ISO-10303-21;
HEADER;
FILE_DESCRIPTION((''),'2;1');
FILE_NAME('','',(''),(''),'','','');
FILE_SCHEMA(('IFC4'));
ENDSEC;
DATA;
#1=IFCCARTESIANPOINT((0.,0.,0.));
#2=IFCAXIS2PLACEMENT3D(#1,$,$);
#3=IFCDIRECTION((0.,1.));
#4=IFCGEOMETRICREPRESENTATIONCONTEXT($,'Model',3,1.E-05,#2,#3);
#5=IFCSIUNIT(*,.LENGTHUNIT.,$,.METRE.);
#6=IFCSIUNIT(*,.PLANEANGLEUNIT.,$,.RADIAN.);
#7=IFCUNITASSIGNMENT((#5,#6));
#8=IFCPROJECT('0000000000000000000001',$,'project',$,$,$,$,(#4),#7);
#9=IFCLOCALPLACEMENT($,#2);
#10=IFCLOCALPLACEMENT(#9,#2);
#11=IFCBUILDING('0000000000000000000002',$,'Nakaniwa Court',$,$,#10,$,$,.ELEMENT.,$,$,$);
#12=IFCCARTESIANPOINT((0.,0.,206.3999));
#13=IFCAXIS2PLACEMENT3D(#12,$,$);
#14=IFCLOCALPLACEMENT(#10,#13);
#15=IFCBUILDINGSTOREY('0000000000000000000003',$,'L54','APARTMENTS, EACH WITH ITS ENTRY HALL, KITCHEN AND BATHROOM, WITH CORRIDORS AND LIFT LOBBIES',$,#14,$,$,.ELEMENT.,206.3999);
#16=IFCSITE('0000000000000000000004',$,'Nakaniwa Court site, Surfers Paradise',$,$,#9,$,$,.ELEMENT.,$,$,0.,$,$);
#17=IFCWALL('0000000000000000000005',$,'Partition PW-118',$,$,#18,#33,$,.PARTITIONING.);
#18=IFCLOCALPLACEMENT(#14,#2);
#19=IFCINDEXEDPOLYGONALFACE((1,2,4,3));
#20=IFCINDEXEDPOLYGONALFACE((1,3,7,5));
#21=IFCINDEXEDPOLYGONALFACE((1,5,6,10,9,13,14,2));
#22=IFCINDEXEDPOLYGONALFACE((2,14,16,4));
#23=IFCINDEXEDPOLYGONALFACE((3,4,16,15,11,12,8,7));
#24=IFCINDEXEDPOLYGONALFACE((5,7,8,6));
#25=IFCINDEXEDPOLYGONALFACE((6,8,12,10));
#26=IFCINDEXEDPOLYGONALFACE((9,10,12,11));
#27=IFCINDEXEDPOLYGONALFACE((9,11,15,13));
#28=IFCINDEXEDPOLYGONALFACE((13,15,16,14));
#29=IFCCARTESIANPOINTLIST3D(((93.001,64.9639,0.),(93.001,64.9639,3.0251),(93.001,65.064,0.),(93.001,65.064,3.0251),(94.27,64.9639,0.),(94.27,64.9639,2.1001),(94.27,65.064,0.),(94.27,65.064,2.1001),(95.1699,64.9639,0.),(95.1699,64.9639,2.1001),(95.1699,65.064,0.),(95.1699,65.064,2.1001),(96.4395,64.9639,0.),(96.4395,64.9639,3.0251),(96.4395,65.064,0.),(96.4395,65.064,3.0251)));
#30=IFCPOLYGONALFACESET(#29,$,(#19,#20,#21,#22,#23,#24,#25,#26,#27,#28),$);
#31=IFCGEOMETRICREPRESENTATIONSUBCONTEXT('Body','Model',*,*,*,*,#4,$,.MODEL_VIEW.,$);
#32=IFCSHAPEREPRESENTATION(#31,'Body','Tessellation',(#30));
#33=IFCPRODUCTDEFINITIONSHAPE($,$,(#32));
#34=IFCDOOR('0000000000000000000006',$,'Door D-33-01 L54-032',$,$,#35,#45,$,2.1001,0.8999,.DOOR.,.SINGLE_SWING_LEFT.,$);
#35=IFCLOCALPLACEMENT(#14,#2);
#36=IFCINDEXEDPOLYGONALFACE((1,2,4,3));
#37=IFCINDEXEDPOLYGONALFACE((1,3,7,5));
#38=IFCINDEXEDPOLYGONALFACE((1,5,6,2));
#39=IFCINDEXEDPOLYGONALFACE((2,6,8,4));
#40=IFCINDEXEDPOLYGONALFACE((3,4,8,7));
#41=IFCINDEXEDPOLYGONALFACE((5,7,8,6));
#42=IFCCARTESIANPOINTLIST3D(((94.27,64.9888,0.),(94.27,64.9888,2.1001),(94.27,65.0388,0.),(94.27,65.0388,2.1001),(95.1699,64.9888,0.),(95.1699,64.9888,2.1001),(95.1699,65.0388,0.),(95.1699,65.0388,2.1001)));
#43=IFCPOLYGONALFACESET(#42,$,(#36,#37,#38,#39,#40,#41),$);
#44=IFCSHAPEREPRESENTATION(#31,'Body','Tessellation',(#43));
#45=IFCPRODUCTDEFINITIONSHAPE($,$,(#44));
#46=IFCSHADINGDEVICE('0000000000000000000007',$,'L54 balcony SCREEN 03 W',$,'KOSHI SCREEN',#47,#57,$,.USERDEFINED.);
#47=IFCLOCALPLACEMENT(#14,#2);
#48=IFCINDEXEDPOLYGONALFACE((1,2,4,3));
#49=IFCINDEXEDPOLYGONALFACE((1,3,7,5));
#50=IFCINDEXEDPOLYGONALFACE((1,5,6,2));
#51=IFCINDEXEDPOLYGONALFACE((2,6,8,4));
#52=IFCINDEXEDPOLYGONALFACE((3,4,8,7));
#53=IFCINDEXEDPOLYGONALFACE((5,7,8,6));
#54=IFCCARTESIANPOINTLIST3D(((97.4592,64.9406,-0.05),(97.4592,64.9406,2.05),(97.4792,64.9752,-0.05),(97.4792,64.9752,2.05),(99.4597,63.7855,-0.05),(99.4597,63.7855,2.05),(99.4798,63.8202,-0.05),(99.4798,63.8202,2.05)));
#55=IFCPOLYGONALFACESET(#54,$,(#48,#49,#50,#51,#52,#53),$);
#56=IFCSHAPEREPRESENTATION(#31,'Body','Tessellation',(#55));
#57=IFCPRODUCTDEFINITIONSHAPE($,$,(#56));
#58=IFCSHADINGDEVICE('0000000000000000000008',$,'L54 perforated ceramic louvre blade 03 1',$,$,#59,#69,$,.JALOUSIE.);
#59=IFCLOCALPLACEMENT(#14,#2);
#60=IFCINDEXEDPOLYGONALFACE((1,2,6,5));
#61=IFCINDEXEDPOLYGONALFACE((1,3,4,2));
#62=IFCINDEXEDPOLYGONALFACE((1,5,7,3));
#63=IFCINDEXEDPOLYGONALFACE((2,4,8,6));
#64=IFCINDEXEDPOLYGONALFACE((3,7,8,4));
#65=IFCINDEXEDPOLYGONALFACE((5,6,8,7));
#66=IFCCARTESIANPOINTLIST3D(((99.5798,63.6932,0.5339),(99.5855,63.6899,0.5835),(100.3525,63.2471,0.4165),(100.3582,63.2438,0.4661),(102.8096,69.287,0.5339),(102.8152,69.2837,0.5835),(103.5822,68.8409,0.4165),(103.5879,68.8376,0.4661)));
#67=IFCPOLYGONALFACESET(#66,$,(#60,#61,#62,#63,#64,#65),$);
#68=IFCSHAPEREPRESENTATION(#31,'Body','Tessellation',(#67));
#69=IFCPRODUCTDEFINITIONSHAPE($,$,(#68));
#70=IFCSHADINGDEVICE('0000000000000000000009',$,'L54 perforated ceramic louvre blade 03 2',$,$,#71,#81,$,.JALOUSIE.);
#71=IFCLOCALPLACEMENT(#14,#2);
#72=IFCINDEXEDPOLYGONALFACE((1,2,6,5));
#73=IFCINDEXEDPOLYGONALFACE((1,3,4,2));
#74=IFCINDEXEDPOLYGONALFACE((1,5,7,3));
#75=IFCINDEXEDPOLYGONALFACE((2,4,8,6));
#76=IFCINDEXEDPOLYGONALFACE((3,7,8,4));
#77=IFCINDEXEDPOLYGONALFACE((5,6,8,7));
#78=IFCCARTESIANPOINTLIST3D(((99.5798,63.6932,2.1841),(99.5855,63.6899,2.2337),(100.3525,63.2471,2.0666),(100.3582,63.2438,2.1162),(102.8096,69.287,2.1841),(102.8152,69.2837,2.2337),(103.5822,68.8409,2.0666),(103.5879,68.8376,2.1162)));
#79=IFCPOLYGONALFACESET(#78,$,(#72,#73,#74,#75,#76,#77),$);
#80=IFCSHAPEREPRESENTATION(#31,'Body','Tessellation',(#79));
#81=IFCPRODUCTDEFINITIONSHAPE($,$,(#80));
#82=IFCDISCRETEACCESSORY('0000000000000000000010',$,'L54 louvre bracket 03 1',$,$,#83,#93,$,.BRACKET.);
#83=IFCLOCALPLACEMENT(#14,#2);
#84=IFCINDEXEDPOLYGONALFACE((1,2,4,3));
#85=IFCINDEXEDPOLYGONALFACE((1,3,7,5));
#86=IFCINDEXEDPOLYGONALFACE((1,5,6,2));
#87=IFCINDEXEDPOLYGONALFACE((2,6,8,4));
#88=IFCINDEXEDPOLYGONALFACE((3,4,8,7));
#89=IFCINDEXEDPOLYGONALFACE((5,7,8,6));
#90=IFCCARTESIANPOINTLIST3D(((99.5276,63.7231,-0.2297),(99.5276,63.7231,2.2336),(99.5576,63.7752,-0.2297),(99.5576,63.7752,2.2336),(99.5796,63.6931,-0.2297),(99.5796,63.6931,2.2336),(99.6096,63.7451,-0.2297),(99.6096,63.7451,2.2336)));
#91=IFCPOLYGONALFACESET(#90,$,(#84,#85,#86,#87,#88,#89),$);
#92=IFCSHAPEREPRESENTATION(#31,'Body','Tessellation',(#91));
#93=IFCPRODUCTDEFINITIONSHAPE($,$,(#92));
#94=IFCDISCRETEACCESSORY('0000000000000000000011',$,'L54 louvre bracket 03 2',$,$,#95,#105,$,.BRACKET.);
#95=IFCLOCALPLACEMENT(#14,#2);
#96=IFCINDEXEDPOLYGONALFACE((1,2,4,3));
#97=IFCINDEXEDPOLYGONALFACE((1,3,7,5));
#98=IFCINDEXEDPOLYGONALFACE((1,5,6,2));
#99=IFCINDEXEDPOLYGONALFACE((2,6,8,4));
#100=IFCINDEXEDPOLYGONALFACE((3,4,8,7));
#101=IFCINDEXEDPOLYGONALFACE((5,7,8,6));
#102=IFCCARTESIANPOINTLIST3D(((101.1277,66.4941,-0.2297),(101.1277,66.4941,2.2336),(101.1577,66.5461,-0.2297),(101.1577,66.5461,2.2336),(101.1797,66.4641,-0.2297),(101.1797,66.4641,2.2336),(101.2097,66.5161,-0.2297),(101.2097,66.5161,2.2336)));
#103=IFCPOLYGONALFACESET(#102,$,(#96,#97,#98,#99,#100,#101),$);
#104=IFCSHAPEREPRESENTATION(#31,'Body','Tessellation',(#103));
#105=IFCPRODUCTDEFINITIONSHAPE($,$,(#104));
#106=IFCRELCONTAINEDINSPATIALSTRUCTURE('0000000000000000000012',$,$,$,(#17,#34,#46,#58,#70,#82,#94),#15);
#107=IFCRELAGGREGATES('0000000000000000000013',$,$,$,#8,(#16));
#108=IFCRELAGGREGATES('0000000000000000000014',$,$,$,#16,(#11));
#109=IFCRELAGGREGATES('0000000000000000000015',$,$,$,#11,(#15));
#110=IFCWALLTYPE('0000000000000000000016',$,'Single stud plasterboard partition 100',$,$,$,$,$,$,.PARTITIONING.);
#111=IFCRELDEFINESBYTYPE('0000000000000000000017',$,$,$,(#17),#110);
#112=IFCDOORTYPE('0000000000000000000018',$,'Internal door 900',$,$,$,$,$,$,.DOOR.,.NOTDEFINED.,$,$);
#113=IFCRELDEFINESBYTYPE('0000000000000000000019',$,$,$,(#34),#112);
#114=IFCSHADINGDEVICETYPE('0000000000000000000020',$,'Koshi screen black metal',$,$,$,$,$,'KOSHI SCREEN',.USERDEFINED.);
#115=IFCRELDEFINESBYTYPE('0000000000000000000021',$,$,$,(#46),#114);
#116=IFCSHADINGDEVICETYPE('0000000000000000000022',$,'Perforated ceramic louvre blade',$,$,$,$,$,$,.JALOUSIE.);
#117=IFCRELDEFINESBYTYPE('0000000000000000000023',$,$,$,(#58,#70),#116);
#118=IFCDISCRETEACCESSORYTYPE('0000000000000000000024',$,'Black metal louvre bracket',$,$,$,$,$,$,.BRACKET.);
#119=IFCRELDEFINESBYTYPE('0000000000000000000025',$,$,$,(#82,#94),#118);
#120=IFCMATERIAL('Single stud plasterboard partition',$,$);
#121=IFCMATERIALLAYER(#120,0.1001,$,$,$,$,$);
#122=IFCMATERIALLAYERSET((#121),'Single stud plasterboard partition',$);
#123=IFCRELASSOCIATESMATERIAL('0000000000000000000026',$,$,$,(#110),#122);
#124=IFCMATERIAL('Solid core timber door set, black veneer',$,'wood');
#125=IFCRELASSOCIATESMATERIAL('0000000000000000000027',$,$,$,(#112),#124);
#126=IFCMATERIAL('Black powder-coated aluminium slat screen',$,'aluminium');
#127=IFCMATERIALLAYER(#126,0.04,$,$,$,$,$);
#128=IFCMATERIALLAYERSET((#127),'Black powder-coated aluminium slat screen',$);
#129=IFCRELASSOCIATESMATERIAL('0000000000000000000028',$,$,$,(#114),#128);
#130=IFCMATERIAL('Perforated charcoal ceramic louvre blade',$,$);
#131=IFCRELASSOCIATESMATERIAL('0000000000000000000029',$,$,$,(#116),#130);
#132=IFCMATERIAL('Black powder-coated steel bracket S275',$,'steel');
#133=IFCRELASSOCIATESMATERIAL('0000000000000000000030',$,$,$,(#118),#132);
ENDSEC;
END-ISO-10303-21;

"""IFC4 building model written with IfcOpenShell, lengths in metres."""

from ifc_helpers import new_model, si_unit, direction, frame, frame_2d, origin, origin_2d, place, context, subcontext, project, spatial, rectangle, extrude, material, layer, layer_set, material_profile, profile_set, type_object, element, fill, save


model = new_model("IFC4")

# Units and contexts
model_context = context("Model", 3, precision=1e-05, world=origin(), true_north=direction((0.0, 1.0)))
body_context = subcontext(model_context, "Body", "Model", "MODEL_VIEW")
ifc_project = project(units=[si_unit("LENGTHUNIT", "METRE"), si_unit("PLANEANGLEUNIT", "RADIAN")], contexts=[model_context])

# Site, building, storey
site_placement = place(None, origin())
site = spatial("IfcSite", under=ifc_project, at=site_placement, Name="Nakaniwa Court site, Surfers Paradise", CompositionType="ELEMENT", RefElevation=0.0)
building_placement = place(site_placement, origin())
building = spatial("IfcBuilding", under=site, at=building_placement, Name="Nakaniwa Court", CompositionType="ELEMENT")
storey_placement = place(building_placement, frame((0.0, 0.0, 206.3999)))
storey = spatial("IfcBuildingStorey", under=building, at=storey_placement, Name="L54", Description="APARTMENTS, EACH WITH ITS ENTRY HALL, KITCHEN AND BATHROOM, WITH CORRIDORS AND LIFT LOBBIES", CompositionType="ELEMENT", Elevation=206.3999)

# Shared definitions
ifc_material_1 = material(Name="Solid core timber door set, black veneer", Category="wood")

# Wall, opening, door
ifc_material_2 = material(Name="Single stud plasterboard partition")
ifc_layer_1 = layer(ifc_material_2, 0.1001)
ifc_layer_set_1 = layer_set([ifc_layer_1], Name="Single stud plasterboard partition")
wall_type_1 = type_object("IfcWallType", Name="Single stud plasterboard partition 100", PredefinedType="PARTITIONING", material=ifc_layer_set_1)
wall_1_placement = place(storey_placement, frame((93.001, 65.0139, 0.0), z_axis=(0.0, 0.0, 1.0), x_axis=(1.0, 0.0, 0.0)))
wall_1 = element("IfcWall", 1, at=wall_1_placement, inside=storey, type_object=wall_type_1, Name="Partition PW-118", PredefinedType="PARTITIONING", context=body_context, shape_type="SweptSolid", body=[
    extrude(rectangle(XDim=3.4385, YDim=0.1001, at=frame_2d((1.7192, 0.0))), origin(), (0.0, 0.0, 1.0), 3.0251),
])
opening_1_placement = place(wall_1_placement, frame((1.269, 0.0, 0.0)))
opening_1 = element("IfcOpeningElement", 2, at=opening_1_placement, cuts=wall_1, PredefinedType="OPENING", context=body_context, shape_type="SweptSolid", body=[
    extrude(rectangle(XDim=0.8999, YDim=2.1001, at=frame_2d((0.45, 1.05))), frame((0.0, 0.0601, 0.0), z_axis=(0.0, -1.0, 0.0), x_axis=(1.0, 0.0, 0.0)), (0.0, 0.0, 1.0), 0.1201),
])
door_type_1 = type_object("IfcDoorType", Name="Internal door 900", OperationType="NOTDEFINED", PredefinedType="DOOR", material=ifc_material_1)
door_1_placement = place(opening_1_placement, origin())
door_1 = element("IfcDoor", 3, at=door_1_placement, inside=storey, type_object=door_type_1, Name="Door D-33-01 L54-032", OperationType="SINGLE_SWING_LEFT", OverallHeight=2.1001, OverallWidth=0.8999, PredefinedType="DOOR", context=body_context, shape_type="SweptSolid", body=[
    extrude(rectangle(XDim=0.8999, YDim=2.1001, at=frame_2d((0.45, 1.05))), frame((0.0, 0.0249, 0.0), z_axis=(0.0, -1.0, 0.0), x_axis=(1.0, 0.0, 0.0)), (0.0, 0.0, 1.0), 0.05),
])
fill(opening_1, door_1)

# Shading devices
ifc_material_3 = material(Name="Black powder-coated aluminium slat screen", Category="aluminium")
ifc_layer_2 = layer(ifc_material_3, 0.04)
ifc_layer_set_2 = layer_set([ifc_layer_2], Name="Black powder-coated aluminium slat screen")
shading_device_type_1 = type_object("IfcShadingDeviceType", Name="Koshi screen black metal", ElementType="KOSHI SCREEN", PredefinedType="USERDEFINED", material=ifc_layer_set_2)
shading_device_placement = place(storey_placement, frame((98.4695, 64.3804, -0.05), z_axis=(0.0, 0.0, 1.0), x_axis=(0.500017, 0.866016, 0.0)))
element("IfcShadingDevice", 4, at=shading_device_placement, inside=storey, type_object=shading_device_type_1, Name="L54 balcony SCREEN 03 W", ObjectType="KOSHI SCREEN", PredefinedType="USERDEFINED", context=body_context, shape_type="SweptSolid", body=[
    extrude(rectangle(XDim=0.04, YDim=2.3101, at=origin_2d()), origin(), (0.0, 0.0, 1.0), 2.1001),
])
ifc_material_4 = material(Name="Perforated charcoal ceramic louvre blade")
ifc_material_profile_1 = material_profile(ifc_material_4, rectangle(XDim=0.8999, YDim=0.05, at=origin_2d()), Name="Perforated ceramic louvre blade")
ifc_profile_set_1 = profile_set([ifc_material_profile_1], Name="Perforated charcoal ceramic louvre blade")
shading_device_type_2 = type_object("IfcShadingDeviceType", Name="Perforated ceramic louvre blade", PredefinedType="JALOUSIE", material=ifc_profile_set_1)
for number, where, z_axis, x_axis, name in (
    (5, (99.969, 63.4685, 0.5), (0.500021, 0.866013, 0.0), (-0.858604, 0.495744, 0.130526), "L54 perforated ceramic louvre blade 03 1"),
    (6, (99.969, 63.4685, 2.1501), (0.500021, 0.866013, 0.0), (-0.858604, 0.495744, 0.130526), "L54 perforated ceramic louvre blade 03 2"),
):
    element("IfcShadingDevice", number, at=place(storey_placement, frame(where, z_axis=z_axis, x_axis=x_axis)), inside=storey, type_object=shading_device_type_2, Name=name, PredefinedType="JALOUSIE", context=body_context, shape_type="SweptSolid", body=[
        extrude(rectangle(XDim=0.8999, YDim=0.05, at=origin_2d()), origin(), (0.0, 0.0, 1.0), 6.4592),
    ])

# Discrete accessories
ifc_material_5 = material(Name="Black powder-coated steel bracket S275", Category="steel")
discrete_accessory_type = type_object("IfcDiscreteAccessoryType", Name="Black metal louvre bracket", PredefinedType="BRACKET", material=ifc_material_5)
for number, where, z_axis, x_axis, name in (
    (7, (99.5686, 63.7341, -0.2297), (0.0, 0.0, 1.0), (0.500017, 0.866016, 0.0), "L54 louvre bracket 03 1"),
    (8, (101.1687, 66.5051, -0.2297), (0.0, 0.0, 1.0), (0.500017, 0.866016, 0.0), "L54 louvre bracket 03 2"),
):
    element("IfcDiscreteAccessory", number, at=place(storey_placement, frame(where, z_axis=z_axis, x_axis=x_axis)), inside=storey, type_object=discrete_accessory_type, Name=name, PredefinedType="BRACKET", context=body_context, shape_type="SweptSolid", body=[
        extrude(rectangle(XDim=0.0601, YDim=0.0601, at=origin_2d()), origin(), (0.0, 0.0, 1.0), 2.4634),
    ])

save(model, "model.ifc")
